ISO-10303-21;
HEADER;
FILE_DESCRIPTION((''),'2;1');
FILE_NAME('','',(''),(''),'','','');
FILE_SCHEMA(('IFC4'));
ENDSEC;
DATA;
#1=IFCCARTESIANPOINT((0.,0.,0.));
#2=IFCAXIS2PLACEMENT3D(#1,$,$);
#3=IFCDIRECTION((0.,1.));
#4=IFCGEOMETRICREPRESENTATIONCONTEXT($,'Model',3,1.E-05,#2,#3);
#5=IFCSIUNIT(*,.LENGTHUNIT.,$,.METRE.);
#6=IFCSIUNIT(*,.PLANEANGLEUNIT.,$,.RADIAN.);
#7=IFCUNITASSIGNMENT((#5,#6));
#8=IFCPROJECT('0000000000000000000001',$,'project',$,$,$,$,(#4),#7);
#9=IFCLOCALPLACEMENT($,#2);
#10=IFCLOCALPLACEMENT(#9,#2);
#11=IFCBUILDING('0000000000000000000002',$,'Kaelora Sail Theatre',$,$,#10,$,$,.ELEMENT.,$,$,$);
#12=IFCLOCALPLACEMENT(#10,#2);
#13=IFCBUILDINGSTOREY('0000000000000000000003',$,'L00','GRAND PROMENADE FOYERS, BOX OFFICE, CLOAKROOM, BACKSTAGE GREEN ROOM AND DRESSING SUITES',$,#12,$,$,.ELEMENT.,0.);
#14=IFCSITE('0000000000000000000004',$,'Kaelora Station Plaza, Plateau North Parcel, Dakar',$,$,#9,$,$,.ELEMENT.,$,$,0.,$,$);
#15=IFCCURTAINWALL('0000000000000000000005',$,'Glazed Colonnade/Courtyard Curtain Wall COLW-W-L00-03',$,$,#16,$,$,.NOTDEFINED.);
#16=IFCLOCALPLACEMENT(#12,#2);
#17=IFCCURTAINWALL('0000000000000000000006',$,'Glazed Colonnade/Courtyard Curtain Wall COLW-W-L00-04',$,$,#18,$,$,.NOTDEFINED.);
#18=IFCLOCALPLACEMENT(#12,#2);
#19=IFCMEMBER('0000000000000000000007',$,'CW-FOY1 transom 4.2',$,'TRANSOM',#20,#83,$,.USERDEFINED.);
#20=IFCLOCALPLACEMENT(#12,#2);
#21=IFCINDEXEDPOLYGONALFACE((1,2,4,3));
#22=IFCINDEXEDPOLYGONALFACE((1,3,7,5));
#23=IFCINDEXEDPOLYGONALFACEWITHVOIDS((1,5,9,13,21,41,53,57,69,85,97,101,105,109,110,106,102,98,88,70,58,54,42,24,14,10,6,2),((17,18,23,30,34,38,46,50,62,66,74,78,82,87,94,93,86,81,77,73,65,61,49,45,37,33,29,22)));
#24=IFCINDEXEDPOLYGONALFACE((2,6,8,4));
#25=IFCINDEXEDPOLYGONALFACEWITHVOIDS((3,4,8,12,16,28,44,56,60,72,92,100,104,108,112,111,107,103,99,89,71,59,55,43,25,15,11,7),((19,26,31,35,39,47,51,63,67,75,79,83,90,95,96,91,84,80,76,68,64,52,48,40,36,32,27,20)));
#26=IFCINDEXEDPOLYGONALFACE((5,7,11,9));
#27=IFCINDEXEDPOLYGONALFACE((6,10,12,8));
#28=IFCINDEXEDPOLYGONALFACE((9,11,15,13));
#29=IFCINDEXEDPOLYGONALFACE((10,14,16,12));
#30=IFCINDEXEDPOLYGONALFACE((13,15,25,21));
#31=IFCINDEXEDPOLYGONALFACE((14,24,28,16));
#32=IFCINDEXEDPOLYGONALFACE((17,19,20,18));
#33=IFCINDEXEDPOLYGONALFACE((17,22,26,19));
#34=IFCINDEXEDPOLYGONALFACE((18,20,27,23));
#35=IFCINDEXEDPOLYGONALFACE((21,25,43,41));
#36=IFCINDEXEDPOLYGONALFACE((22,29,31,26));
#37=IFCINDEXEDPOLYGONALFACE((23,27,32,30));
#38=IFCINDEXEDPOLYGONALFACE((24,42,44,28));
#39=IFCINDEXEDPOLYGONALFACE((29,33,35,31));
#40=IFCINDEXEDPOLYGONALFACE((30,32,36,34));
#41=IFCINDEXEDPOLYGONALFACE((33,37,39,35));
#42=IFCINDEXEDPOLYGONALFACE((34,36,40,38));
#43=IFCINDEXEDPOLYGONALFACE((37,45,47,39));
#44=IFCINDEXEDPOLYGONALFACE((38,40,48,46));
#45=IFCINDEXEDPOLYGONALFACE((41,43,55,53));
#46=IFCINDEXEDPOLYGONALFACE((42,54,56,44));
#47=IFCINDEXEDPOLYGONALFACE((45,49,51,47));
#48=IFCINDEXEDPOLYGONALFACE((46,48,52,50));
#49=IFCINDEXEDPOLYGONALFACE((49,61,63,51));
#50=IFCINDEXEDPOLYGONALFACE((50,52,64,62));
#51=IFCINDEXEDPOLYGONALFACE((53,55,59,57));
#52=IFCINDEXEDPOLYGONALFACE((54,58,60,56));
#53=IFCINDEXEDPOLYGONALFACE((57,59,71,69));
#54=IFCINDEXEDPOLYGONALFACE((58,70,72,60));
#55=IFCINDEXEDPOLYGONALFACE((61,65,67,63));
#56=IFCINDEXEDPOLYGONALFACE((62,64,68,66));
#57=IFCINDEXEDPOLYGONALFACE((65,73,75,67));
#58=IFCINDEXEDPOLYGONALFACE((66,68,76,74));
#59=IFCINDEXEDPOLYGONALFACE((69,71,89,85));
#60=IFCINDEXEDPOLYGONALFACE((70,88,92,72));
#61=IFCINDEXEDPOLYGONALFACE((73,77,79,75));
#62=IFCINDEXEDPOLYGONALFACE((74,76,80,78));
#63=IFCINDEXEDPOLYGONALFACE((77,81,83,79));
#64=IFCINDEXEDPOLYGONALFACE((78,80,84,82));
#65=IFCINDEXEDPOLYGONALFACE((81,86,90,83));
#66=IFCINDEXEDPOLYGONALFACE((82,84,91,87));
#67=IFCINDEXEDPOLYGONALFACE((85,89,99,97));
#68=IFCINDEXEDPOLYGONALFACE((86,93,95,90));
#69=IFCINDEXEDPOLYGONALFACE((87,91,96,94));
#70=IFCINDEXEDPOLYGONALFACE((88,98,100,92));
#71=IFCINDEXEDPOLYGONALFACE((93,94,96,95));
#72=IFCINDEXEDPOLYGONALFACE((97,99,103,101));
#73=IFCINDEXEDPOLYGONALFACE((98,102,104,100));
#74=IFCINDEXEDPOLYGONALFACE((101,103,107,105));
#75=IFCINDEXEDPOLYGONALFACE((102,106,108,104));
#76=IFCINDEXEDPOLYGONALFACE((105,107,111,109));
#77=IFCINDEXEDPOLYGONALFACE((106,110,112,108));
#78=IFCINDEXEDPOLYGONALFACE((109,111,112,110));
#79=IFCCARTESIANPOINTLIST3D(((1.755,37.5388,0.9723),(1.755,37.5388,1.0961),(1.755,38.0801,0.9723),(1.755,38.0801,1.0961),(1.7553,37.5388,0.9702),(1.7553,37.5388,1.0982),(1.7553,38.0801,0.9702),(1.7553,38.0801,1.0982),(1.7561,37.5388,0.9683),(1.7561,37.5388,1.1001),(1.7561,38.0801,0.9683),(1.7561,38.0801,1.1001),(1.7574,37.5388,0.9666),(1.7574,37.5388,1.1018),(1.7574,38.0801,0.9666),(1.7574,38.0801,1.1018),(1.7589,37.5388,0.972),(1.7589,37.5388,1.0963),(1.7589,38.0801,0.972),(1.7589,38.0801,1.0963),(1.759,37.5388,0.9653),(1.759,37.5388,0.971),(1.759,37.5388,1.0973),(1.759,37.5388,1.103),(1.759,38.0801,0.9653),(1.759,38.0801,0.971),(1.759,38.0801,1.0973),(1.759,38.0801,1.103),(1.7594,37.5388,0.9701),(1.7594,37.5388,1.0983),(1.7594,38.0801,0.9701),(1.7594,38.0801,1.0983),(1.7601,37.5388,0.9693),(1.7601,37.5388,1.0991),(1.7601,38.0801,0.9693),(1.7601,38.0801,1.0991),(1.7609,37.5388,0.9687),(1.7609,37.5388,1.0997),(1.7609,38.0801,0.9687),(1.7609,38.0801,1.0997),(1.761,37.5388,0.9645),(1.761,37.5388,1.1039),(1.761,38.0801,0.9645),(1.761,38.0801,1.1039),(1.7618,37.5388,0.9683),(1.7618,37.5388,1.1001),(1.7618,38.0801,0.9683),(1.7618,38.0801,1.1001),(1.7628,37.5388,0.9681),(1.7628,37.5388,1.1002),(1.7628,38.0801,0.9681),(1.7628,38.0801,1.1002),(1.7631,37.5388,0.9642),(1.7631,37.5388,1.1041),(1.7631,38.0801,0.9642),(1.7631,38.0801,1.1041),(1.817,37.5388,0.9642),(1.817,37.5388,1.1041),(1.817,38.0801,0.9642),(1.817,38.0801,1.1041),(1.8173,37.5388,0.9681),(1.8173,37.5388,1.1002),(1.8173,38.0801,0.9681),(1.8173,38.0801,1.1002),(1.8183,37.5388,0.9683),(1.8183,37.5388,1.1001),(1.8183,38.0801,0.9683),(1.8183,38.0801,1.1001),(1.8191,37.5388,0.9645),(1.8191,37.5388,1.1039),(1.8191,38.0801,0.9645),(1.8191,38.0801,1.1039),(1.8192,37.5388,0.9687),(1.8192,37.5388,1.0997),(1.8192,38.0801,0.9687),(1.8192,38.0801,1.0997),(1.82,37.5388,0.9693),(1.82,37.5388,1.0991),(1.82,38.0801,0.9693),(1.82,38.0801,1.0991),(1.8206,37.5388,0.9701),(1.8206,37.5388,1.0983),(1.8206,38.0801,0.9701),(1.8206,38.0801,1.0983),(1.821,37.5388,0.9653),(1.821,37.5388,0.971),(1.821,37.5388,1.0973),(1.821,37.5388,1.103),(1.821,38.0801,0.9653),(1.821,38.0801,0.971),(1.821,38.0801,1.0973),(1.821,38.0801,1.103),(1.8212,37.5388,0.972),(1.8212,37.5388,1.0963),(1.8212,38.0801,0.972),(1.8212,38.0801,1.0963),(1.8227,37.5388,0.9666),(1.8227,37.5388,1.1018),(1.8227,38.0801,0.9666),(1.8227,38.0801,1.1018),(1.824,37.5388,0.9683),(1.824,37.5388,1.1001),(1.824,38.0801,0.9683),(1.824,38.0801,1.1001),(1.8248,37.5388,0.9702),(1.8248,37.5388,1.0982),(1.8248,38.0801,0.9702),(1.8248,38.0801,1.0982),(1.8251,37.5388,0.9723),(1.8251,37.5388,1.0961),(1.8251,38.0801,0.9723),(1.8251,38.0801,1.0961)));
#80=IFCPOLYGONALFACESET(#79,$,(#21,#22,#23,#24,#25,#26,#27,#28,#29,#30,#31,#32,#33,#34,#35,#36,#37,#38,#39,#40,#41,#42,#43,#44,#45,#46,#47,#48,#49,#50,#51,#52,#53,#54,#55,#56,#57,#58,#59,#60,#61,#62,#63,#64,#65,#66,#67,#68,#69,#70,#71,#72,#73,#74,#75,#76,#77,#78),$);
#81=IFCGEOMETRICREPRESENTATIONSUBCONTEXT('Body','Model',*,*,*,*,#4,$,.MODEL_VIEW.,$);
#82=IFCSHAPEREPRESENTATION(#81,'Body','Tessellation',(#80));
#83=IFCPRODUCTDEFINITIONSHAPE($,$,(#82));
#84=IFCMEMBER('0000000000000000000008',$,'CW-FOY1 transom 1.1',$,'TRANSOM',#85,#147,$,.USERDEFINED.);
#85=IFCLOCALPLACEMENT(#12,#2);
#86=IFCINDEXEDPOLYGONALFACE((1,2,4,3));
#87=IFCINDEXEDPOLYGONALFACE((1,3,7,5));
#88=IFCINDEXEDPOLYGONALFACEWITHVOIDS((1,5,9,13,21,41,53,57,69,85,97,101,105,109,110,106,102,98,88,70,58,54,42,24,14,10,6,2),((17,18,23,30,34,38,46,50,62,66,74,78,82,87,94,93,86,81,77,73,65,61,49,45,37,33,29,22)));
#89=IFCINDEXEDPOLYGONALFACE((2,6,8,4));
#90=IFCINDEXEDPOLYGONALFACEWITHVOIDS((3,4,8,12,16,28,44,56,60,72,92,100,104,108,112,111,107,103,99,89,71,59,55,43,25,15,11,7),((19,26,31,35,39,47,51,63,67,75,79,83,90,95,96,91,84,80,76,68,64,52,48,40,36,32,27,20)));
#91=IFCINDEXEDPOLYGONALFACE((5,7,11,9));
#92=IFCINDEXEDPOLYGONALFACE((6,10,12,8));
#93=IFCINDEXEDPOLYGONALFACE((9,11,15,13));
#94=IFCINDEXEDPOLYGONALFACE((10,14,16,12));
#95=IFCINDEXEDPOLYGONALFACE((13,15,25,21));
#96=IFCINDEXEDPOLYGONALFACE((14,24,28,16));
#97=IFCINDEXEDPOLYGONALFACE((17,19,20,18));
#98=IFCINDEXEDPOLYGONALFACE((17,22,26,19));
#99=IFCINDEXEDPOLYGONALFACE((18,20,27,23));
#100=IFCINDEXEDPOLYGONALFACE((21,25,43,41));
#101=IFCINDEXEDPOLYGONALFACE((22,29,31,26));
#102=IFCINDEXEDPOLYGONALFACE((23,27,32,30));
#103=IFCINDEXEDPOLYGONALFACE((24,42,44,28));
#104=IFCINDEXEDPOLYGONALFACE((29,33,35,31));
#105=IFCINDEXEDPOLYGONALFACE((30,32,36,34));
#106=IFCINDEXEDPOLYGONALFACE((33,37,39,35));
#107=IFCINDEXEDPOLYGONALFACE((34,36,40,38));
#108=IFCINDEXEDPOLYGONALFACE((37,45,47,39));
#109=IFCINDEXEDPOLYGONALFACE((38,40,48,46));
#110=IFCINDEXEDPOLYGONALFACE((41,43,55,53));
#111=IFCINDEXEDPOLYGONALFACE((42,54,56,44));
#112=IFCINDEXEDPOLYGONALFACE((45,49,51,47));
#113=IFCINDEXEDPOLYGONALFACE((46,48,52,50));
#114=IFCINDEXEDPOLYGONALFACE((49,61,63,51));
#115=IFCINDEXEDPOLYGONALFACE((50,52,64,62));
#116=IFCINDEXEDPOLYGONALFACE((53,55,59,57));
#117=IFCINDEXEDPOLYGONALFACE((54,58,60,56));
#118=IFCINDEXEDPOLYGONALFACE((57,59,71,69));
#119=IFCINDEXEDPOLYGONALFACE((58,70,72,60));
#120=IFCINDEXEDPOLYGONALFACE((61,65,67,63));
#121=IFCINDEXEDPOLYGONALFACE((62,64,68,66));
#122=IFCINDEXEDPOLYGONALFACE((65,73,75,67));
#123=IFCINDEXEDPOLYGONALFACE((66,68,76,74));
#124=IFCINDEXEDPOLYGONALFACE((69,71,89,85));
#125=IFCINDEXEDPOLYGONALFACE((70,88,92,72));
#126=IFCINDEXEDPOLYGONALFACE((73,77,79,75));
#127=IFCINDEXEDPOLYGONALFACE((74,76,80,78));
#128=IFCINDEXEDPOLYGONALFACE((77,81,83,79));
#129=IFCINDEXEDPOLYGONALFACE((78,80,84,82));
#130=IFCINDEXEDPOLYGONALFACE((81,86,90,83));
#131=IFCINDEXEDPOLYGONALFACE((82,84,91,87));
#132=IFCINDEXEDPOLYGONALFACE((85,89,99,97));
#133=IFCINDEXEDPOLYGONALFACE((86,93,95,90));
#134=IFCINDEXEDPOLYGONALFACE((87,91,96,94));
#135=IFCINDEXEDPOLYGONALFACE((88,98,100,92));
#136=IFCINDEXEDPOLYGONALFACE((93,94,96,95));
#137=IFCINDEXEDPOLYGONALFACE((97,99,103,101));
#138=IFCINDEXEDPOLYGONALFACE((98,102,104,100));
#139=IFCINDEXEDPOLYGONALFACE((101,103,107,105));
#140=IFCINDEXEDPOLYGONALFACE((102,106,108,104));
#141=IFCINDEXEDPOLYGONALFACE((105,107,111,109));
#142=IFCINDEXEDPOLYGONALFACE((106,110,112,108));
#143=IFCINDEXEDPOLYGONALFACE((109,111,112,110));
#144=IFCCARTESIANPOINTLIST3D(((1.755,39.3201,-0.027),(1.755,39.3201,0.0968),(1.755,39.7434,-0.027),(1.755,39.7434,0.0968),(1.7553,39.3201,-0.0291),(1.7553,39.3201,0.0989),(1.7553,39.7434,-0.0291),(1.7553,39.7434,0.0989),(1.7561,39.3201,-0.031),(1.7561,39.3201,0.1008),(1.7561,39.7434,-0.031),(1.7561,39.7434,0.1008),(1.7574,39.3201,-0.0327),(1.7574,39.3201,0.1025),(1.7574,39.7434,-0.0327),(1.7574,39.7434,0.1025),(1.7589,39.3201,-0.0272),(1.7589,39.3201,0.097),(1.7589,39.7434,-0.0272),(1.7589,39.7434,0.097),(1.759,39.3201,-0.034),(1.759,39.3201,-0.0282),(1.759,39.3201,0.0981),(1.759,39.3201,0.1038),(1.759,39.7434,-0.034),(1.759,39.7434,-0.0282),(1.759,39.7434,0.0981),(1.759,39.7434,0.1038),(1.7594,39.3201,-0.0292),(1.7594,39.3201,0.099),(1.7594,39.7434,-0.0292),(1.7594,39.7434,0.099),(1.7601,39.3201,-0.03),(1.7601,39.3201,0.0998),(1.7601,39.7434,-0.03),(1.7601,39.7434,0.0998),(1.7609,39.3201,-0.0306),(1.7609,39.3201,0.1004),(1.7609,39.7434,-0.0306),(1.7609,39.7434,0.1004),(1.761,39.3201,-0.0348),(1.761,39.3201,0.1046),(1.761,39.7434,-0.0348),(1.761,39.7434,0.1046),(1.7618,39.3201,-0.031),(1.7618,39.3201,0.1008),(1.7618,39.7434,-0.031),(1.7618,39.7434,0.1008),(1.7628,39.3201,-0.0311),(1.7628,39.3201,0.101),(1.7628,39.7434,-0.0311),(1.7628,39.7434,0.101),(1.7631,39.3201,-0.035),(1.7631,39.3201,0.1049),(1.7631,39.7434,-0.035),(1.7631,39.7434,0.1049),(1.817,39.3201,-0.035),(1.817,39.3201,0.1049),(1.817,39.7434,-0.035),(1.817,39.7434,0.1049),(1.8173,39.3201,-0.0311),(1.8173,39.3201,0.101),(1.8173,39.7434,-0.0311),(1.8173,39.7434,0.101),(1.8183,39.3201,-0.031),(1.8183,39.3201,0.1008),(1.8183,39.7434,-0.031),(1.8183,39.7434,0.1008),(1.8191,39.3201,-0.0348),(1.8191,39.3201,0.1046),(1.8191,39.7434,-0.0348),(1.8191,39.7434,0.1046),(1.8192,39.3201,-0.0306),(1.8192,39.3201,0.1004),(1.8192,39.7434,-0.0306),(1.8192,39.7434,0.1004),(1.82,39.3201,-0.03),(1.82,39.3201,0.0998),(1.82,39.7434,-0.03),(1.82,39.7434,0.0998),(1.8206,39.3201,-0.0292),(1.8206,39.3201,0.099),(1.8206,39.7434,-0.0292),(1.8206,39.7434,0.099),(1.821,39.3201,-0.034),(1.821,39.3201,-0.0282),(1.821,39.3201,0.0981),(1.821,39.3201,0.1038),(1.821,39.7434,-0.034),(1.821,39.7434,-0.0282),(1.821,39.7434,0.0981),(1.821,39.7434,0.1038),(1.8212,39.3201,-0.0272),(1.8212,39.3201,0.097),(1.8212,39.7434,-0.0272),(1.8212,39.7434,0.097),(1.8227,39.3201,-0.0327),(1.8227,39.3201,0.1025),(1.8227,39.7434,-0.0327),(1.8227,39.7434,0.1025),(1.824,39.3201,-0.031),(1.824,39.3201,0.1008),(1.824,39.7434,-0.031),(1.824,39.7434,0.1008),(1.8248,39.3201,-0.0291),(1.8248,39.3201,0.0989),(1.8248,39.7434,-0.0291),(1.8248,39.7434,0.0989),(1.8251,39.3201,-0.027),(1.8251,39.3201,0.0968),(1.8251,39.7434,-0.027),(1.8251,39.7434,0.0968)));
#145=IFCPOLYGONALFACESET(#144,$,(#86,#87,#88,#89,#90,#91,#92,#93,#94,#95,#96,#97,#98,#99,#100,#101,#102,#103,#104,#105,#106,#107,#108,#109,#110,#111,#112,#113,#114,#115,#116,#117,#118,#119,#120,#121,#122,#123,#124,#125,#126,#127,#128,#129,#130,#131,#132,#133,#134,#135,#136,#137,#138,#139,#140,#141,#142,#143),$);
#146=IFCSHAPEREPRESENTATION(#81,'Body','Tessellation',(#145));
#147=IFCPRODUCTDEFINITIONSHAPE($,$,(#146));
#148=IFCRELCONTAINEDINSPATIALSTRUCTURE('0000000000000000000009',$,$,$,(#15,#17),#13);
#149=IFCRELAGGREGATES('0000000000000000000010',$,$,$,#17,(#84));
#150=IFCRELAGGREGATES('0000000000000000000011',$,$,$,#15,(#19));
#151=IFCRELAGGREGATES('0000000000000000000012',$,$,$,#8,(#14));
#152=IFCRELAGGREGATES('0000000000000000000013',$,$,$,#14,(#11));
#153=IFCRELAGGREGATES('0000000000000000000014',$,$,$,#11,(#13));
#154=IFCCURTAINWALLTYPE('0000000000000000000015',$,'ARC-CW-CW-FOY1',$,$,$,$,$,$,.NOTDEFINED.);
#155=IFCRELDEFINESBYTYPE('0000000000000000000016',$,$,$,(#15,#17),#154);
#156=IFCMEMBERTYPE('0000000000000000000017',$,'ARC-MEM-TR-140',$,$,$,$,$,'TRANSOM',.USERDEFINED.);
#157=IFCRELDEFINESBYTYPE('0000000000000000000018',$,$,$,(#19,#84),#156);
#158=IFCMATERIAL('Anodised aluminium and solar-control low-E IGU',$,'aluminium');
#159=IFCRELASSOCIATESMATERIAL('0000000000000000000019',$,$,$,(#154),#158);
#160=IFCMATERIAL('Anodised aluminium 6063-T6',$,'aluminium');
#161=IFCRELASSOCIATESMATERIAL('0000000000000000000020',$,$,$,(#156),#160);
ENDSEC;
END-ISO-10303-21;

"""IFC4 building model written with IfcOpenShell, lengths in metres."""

from ifc_helpers import new_model, si_unit, direction, frame, origin, origin_2d, place, context, subcontext, project, spatial, hollow_rectangle, extrude, material, material_profile, profile_set, type_object, element, aggregate, save


model = new_model("IFC4")

# Units and contexts
model_context = context("Model", 3, precision=1e-05, world=origin(), true_north=direction((0.0, 1.0)))
body_context = subcontext(model_context, "Body", "Model", "MODEL_VIEW")
ifc_project = project(units=[si_unit("LENGTHUNIT", "METRE"), si_unit("PLANEANGLEUNIT", "RADIAN")], contexts=[model_context])

# Site, building, storey
site_placement = place(None, origin())
site = spatial("IfcSite", under=ifc_project, at=site_placement, Name="Kaelora Station Plaza, Plateau North Parcel, Dakar", CompositionType="ELEMENT", RefElevation=0.0)
building_placement = place(site_placement, origin())
building = spatial("IfcBuilding", under=site, at=building_placement, Name="Kaelora Sail Theatre", CompositionType="ELEMENT")
storey_placement = place(building_placement, origin())
storey = spatial("IfcBuildingStorey", under=building, at=storey_placement, Name="L00", Description="GRAND PROMENADE FOYERS, BOX OFFICE, CLOAKROOM, BACKSTAGE GREEN ROOM AND DRESSING SUITES", CompositionType="ELEMENT", Elevation=0.0)

# Curtain wall
ifc_material_1 = material(Name="Anodised aluminium and solar-control low-E IGU", Category="aluminium")
curtain_wall_type = type_object("IfcCurtainWallType", Name="ARC-CW-CW-FOY1", PredefinedType="NOTDEFINED", material=ifc_material_1)
curtain_wall_1_placement = place(storey_placement, origin())
curtain_wall_1 = element("IfcCurtainWall", 1, at=curtain_wall_1_placement, inside=storey, type_object=curtain_wall_type, Name="Glazed Colonnade/Courtyard Curtain Wall COLW-W-L00-03", PredefinedType="NOTDEFINED")

# Curtain wall
curtain_wall_2_placement = place(storey_placement, origin())
curtain_wall_2 = element("IfcCurtainWall", 2, at=curtain_wall_2_placement, inside=storey, type_object=curtain_wall_type, Name="Glazed Colonnade/Courtyard Curtain Wall COLW-W-L00-04", PredefinedType="NOTDEFINED")

# Members
ifc_material_2 = material(Name="Anodised aluminium 6063-T6", Category="aluminium")
ifc_material_profile_1 = material_profile(ifc_material_2, hollow_rectangle(XDim=0.0701, YDim=0.1399, WallThickness=0.0039, InnerFilletRadius=0.0039, OuterFilletRadius=0.0081, at=origin_2d()), Name="ALU-TRAN 70x140x4")
ifc_profile_set_1 = profile_set([ifc_material_profile_1], Name="Anodised aluminium 6063-T6")
member_type_1 = type_object("IfcMemberType", Name="ARC-MEM-TR-140", ElementType="TRANSOM", PredefinedType="USERDEFINED", material=ifc_profile_set_1)
member_1_placement = place(storey_placement, frame((1.79, 37.5388, 1.0342), z_axis=(0.0, 1.0, 0.0), x_axis=(-1.0, 0.0, 0.0)))
member_1 = element("IfcMember", 3, at=member_1_placement, type_object=member_type_1, Name="CW-FOY1 transom 4.2", ObjectType="TRANSOM", PredefinedType="USERDEFINED", context=body_context, shape_type="SweptSolid", body=[
    extrude(hollow_rectangle(XDim=0.0701, YDim=0.1399, WallThickness=0.0039, InnerFilletRadius=0.0039, OuterFilletRadius=0.0081, at=origin_2d()), origin(), (0.0, 0.0, 1.0), 0.5413),
])
member_2_placement = place(storey_placement, frame((1.79, 39.3201, 0.0349), z_axis=(0.0, 1.0, 0.0), x_axis=(-1.0, 0.0, 0.0)))
member_2 = element("IfcMember", 4, at=member_2_placement, type_object=member_type_1, Name="CW-FOY1 transom 1.1", ObjectType="TRANSOM", PredefinedType="USERDEFINED", context=body_context, shape_type="SweptSolid", body=[
    extrude(hollow_rectangle(XDim=0.0701, YDim=0.1399, WallThickness=0.0039, InnerFilletRadius=0.0039, OuterFilletRadius=0.0081, at=origin_2d()), origin(), (0.0, 0.0, 1.0), 0.4233),
])
aggregate(curtain_wall_2, [member_2])

aggregate(curtain_wall_1, [member_1])

save(model, "model.ifc")
